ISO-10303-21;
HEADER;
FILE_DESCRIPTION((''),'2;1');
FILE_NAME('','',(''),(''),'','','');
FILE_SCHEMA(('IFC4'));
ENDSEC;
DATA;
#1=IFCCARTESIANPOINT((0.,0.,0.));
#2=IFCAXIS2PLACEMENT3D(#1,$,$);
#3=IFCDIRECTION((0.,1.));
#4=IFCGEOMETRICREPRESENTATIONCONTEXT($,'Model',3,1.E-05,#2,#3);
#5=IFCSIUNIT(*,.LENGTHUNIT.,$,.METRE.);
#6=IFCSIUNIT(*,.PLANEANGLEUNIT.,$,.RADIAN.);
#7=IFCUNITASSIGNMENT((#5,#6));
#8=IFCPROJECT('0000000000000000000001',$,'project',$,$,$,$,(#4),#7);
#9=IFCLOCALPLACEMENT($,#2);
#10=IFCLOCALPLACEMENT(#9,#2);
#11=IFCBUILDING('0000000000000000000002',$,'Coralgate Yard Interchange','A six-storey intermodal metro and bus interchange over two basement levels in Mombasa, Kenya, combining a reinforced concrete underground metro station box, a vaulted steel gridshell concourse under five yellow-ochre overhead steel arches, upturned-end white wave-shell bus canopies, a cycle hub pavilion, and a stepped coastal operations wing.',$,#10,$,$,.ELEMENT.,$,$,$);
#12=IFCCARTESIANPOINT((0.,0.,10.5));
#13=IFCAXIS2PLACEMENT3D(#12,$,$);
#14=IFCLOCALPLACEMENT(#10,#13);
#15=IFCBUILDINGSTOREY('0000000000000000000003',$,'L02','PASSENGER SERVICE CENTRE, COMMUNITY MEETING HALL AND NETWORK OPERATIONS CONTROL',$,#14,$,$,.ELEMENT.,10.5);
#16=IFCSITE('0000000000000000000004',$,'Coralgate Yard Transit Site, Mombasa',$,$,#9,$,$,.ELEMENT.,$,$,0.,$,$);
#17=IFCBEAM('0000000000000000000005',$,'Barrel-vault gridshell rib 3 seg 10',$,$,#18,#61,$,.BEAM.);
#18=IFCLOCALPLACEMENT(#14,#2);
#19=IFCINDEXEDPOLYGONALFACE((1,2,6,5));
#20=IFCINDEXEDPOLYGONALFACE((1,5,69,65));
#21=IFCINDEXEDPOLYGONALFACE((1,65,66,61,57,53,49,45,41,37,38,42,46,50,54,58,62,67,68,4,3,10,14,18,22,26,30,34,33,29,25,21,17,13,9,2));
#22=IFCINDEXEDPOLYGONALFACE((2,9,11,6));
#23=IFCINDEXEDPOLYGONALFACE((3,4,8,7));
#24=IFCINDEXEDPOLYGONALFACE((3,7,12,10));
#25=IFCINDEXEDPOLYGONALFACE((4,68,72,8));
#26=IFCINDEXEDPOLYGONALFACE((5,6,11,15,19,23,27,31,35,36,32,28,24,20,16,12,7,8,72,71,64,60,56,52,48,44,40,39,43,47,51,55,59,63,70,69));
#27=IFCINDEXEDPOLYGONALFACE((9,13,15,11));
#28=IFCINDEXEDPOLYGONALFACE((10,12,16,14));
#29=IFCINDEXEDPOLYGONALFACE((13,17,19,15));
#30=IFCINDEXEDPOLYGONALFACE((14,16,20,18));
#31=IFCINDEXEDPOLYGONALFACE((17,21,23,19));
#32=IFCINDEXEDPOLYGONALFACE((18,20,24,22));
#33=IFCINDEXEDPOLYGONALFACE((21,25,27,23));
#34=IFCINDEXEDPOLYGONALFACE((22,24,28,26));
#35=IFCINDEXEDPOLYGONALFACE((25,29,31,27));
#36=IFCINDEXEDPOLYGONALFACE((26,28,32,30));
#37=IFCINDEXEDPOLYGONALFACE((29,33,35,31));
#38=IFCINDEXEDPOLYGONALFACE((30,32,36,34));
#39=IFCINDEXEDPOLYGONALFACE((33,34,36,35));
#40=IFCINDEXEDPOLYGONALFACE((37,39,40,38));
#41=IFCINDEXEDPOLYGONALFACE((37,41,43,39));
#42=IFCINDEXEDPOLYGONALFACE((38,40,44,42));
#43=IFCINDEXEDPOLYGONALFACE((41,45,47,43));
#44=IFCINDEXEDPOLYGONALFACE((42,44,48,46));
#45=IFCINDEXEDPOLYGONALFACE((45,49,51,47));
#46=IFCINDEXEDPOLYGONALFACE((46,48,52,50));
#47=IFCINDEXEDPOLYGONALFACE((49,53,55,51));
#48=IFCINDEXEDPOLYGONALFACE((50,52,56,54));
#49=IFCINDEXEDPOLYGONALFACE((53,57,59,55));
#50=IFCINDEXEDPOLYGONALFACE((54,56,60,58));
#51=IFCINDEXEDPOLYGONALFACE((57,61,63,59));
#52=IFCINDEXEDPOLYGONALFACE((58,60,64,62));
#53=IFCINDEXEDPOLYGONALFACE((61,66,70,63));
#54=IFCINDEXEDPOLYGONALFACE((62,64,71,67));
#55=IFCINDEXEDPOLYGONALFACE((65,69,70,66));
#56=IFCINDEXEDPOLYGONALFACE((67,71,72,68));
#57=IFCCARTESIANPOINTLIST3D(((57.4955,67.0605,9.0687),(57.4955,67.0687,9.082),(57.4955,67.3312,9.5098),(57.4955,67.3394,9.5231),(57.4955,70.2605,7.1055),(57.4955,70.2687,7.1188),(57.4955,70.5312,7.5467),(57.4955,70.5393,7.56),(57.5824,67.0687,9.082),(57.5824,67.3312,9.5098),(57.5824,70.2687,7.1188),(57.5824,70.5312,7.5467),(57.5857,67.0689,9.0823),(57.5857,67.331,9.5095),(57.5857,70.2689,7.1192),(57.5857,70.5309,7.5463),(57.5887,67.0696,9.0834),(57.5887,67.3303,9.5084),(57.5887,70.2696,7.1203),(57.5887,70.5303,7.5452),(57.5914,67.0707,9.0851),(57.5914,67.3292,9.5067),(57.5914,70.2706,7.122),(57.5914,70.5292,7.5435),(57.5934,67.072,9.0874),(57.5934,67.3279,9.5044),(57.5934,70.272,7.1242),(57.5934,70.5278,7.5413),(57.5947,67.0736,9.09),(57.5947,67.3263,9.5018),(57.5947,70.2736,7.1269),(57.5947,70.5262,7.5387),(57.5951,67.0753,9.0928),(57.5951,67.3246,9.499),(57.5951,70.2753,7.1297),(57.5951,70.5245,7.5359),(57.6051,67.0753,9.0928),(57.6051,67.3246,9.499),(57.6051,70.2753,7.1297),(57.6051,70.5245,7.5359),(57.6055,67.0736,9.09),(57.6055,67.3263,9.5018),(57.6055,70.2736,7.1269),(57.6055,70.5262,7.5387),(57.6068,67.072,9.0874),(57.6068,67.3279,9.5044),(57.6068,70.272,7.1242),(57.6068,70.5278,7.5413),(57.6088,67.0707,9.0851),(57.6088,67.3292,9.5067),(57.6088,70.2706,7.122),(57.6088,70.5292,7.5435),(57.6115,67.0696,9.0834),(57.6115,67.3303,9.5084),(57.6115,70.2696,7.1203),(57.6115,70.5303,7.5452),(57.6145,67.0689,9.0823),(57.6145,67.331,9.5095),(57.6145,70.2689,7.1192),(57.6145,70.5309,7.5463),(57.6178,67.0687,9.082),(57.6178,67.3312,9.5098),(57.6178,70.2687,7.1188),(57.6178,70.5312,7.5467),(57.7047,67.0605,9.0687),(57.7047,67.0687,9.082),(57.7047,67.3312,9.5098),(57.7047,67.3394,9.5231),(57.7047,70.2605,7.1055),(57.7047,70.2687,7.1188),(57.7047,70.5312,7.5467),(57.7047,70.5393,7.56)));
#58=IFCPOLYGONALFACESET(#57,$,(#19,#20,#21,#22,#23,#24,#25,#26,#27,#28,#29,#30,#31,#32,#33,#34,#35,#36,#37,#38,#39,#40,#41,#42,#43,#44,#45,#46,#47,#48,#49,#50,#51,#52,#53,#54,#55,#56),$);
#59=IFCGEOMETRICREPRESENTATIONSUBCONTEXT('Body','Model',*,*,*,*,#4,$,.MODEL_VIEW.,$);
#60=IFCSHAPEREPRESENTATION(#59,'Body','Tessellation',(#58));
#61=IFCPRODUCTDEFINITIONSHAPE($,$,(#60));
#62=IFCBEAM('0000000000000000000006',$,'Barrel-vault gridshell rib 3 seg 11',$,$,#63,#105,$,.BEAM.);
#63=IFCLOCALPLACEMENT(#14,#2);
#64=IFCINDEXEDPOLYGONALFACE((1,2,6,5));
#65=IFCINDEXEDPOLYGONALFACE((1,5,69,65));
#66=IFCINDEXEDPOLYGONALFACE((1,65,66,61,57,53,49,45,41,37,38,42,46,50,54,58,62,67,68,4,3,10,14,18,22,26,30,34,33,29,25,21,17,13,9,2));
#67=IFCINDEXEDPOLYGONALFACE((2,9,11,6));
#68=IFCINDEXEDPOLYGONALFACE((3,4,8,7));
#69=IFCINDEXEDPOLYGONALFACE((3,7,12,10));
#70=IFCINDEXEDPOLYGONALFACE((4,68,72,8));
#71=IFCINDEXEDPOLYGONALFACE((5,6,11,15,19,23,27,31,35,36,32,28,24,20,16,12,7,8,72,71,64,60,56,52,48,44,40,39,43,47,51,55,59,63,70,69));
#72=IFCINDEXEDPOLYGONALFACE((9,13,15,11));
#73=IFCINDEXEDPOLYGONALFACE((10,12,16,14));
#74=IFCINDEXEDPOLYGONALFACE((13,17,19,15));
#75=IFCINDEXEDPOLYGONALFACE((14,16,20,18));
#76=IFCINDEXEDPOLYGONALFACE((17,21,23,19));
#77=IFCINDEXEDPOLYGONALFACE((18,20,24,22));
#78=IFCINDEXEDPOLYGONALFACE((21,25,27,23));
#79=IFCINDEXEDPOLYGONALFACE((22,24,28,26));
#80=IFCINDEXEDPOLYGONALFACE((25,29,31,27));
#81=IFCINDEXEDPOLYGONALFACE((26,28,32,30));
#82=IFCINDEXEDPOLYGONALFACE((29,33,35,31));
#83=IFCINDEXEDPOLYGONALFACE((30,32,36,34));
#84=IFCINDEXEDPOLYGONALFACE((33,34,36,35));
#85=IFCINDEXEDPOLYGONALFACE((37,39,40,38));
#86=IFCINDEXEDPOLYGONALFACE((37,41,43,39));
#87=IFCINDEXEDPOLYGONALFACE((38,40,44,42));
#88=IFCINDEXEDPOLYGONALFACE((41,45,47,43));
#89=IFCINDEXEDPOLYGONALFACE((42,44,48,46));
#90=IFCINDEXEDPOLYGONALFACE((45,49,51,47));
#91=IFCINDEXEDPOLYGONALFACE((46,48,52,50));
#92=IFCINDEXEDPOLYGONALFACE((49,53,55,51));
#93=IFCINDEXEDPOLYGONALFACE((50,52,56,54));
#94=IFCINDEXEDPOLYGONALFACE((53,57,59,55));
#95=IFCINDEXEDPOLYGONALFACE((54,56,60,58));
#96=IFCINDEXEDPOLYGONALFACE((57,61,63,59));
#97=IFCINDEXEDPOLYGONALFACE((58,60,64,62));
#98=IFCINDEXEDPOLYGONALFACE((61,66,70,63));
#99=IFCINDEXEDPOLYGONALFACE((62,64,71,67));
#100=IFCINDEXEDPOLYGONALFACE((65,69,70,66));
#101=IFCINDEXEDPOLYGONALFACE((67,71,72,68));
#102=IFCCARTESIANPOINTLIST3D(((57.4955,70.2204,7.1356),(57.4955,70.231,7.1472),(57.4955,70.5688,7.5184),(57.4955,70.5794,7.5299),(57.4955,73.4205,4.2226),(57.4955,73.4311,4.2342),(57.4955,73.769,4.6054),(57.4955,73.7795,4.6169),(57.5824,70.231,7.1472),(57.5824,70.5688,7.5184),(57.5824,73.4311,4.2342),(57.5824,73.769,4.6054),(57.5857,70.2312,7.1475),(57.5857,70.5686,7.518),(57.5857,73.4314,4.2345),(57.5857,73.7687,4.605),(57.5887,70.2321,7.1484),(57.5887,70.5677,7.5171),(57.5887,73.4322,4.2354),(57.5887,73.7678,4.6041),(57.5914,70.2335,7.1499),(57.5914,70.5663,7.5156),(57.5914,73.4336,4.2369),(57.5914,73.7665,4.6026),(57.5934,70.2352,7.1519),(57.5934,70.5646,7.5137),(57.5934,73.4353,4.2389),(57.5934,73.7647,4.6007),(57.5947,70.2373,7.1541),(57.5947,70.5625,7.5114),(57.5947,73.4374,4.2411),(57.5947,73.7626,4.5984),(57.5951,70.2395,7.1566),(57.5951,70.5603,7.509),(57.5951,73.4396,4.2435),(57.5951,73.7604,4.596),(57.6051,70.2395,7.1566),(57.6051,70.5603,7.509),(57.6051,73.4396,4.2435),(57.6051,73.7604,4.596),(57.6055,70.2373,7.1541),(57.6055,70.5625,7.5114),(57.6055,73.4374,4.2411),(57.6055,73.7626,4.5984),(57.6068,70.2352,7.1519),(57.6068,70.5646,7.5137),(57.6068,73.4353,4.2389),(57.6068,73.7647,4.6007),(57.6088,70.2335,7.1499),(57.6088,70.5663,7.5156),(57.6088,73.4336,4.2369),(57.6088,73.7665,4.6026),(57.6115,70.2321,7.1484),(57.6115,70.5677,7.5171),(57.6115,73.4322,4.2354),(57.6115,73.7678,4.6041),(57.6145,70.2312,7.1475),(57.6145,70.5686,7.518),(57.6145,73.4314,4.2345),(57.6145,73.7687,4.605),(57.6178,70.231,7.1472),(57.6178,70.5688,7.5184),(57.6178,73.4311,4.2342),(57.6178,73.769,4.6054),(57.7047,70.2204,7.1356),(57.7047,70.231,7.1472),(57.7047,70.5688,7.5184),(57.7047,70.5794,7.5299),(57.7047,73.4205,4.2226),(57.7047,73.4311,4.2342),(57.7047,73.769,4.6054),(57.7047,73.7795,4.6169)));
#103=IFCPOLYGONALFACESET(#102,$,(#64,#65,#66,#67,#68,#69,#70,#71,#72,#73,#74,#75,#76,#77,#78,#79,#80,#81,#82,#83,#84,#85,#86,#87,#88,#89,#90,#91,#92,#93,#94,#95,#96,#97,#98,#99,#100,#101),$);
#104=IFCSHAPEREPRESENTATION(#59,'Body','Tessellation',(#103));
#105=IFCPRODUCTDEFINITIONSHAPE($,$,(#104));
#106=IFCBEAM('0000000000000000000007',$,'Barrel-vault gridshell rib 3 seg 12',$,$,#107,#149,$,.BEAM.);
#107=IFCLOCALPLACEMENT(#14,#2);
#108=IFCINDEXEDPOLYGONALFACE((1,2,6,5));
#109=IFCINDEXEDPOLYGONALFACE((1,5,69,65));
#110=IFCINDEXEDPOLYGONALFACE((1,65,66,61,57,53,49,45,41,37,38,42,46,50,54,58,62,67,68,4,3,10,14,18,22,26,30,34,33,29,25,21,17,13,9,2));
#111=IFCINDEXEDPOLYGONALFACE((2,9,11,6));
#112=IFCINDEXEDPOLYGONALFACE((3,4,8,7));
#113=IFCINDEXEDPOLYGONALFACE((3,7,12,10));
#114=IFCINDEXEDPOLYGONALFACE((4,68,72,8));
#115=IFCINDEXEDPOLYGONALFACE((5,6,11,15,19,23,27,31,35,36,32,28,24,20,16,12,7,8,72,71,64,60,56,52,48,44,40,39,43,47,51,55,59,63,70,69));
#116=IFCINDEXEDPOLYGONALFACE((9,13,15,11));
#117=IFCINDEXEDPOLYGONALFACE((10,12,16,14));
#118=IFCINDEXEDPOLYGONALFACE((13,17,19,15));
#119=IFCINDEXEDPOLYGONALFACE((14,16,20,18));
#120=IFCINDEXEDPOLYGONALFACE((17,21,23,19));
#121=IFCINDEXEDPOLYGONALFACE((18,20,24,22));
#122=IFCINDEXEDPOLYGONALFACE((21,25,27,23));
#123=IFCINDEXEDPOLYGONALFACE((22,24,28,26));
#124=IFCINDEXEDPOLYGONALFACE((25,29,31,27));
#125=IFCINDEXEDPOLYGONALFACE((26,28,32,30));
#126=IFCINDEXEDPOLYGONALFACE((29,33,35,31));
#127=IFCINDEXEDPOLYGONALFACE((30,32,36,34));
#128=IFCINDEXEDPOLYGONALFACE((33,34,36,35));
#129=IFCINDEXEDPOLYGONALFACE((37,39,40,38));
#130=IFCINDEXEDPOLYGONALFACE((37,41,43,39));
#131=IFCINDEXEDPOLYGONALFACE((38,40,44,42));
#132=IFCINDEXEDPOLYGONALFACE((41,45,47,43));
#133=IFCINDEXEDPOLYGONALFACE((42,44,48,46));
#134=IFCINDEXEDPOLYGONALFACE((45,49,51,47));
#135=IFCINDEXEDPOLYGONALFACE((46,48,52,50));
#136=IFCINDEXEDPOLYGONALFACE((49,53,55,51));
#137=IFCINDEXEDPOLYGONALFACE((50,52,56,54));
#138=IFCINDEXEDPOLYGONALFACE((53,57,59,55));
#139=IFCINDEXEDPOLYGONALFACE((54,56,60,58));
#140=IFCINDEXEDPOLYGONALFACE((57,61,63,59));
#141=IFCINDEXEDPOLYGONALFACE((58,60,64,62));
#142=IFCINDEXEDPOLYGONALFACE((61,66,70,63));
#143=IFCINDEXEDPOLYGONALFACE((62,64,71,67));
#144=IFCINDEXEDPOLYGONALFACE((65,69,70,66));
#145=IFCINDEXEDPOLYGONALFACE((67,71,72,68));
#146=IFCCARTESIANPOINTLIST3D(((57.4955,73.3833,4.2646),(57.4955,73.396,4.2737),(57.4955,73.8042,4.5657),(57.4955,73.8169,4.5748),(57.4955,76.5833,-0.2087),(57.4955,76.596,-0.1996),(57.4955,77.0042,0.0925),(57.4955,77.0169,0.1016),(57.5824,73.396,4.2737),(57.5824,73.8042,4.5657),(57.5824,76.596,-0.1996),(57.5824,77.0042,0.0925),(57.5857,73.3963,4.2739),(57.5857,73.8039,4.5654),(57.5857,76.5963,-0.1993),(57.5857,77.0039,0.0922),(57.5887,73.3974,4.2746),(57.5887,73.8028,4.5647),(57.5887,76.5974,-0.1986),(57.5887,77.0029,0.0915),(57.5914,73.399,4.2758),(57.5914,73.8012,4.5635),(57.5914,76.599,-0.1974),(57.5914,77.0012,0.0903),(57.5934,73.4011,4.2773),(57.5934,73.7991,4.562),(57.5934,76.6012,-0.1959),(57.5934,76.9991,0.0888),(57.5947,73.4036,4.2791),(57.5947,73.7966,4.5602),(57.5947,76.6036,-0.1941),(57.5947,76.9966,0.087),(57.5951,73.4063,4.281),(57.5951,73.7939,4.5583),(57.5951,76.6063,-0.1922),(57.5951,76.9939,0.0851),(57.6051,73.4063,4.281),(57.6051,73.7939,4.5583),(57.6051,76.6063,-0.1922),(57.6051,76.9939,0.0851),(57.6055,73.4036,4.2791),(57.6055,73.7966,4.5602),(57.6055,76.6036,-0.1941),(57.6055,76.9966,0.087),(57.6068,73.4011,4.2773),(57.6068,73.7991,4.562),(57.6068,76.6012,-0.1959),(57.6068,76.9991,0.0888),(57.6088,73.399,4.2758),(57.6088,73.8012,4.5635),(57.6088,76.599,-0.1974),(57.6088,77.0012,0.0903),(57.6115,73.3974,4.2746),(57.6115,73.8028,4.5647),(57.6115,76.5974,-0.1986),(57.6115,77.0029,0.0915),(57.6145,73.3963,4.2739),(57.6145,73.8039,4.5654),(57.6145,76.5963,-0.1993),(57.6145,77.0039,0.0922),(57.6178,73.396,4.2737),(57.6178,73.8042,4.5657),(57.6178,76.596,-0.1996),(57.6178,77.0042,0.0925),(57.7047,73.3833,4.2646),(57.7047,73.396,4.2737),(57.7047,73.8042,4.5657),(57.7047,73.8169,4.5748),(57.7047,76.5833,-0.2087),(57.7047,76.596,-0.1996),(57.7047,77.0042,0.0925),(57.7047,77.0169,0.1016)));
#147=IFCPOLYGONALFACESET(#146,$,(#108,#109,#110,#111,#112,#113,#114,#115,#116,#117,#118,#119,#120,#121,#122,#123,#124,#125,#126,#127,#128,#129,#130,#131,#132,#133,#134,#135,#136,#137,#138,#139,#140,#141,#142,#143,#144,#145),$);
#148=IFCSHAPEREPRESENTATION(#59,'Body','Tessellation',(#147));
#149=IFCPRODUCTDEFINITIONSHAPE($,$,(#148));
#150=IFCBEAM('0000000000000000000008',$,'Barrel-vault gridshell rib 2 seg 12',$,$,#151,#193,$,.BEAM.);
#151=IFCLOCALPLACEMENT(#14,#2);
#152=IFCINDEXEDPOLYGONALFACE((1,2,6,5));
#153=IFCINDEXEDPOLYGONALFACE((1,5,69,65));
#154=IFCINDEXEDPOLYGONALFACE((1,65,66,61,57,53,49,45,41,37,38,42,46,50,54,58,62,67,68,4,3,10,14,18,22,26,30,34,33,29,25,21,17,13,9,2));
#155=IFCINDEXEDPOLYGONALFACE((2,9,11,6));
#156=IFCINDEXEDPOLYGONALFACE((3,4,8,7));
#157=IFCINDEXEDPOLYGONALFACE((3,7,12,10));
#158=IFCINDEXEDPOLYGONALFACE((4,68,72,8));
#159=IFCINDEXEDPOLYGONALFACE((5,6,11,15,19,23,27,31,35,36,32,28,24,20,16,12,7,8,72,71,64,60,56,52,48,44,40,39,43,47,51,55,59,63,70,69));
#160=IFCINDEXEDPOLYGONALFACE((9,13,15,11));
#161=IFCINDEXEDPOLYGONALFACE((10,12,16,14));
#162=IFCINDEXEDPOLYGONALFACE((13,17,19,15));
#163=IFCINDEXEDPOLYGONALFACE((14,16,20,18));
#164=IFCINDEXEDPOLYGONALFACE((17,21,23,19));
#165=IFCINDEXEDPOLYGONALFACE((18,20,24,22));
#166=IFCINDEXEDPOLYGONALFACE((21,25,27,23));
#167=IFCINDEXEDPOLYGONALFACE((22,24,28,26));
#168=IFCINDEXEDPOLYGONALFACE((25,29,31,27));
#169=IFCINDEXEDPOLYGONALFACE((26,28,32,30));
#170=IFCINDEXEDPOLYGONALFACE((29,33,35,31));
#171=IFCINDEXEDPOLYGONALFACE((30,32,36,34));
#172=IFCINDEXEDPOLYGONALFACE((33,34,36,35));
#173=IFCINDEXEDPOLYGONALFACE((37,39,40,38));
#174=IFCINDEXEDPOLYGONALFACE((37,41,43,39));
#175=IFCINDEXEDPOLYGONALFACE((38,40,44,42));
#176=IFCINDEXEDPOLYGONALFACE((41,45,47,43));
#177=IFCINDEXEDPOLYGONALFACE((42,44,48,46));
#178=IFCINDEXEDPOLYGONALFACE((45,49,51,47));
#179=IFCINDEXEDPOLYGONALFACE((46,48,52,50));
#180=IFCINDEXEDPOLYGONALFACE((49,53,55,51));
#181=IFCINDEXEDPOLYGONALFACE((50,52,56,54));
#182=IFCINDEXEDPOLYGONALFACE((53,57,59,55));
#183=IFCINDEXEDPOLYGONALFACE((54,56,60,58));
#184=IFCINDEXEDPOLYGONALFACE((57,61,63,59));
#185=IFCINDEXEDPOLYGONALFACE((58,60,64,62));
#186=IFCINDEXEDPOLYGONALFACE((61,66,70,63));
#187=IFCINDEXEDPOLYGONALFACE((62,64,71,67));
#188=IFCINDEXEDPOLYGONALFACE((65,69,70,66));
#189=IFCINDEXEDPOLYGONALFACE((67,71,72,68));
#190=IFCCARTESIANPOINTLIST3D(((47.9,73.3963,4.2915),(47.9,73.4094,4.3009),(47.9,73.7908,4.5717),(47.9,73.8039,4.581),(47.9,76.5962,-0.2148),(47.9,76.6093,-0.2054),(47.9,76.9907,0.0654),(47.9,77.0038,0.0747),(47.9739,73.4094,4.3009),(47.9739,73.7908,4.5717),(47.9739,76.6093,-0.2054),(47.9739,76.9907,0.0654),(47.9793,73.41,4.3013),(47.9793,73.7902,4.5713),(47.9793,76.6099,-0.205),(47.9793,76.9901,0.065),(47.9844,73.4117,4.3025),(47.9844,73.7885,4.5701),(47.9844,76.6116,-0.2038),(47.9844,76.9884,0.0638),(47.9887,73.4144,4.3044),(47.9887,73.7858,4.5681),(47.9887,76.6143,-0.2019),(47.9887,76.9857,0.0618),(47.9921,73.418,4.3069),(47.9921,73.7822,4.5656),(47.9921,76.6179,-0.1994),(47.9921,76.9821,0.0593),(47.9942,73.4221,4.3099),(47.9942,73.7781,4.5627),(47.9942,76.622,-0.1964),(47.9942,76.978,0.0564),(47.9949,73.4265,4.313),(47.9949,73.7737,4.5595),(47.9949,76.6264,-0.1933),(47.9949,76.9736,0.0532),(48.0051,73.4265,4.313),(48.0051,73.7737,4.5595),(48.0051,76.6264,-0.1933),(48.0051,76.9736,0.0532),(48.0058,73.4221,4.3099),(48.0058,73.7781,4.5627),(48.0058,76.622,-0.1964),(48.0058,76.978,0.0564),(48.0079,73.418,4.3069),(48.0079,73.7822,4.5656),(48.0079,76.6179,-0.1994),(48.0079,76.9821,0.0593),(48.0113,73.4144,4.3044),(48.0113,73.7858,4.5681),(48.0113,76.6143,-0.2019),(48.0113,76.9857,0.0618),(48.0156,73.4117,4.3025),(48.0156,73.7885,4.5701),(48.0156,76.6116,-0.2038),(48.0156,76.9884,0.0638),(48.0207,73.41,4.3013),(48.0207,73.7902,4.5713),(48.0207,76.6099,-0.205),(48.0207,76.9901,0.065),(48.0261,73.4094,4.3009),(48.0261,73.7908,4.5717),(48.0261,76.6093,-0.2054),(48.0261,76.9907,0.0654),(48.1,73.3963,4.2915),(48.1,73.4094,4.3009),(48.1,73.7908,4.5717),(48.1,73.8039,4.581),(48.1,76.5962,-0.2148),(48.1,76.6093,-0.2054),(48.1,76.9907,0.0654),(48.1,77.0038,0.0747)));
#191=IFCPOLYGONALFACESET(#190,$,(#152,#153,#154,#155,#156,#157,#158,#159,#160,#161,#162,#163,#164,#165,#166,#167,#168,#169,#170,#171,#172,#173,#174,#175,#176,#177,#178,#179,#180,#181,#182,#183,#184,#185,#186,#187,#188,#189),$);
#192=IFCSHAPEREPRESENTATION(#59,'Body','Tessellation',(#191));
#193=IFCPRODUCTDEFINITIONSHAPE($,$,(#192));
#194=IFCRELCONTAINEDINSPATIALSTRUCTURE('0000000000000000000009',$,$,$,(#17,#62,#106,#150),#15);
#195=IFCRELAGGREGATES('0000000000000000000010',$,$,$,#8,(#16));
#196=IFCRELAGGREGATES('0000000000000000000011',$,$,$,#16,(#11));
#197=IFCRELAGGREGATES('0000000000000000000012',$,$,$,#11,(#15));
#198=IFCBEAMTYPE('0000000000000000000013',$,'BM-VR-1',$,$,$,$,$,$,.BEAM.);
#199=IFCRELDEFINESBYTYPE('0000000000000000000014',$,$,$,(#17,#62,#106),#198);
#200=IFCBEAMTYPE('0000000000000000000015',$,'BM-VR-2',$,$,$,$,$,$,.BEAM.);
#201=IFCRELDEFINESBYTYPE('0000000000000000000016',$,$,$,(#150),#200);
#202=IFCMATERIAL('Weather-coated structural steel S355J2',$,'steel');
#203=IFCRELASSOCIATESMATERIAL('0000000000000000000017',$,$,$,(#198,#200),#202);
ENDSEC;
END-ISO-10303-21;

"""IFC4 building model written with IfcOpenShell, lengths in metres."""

from ifc_helpers import new_model, si_unit, direction, frame, origin, origin_2d, place, context, subcontext, project, spatial, i_section, extrude, material, material_profile, profile_set, type_object, element, save


model = new_model("IFC4")

# Units and contexts
model_context = context("Model", 3, precision=1e-05, world=origin(), true_north=direction((0.0, 1.0)))
body_context = subcontext(model_context, "Body", "Model", "MODEL_VIEW")
ifc_project = project(units=[si_unit("LENGTHUNIT", "METRE"), si_unit("PLANEANGLEUNIT", "RADIAN")], contexts=[model_context])

# Site, building, storey
site_placement = place(None, origin())
site = spatial("IfcSite", under=ifc_project, at=site_placement, Name="Coralgate Yard Transit Site, Mombasa", CompositionType="ELEMENT", RefElevation=0.0)
building_placement = place(site_placement, origin())
building = spatial("IfcBuilding", under=site, at=building_placement, Name="Coralgate Yard Interchange", Description="A six-storey intermodal metro and bus interchange over two basement levels in Mombasa, Kenya, combining a reinforced concrete underground metro station box, a vaulted steel gridshell concourse under five yellow-ochre overhead steel arches, upturned-end white wave-shell bus canopies, a cycle hub pavilion, and a stepped coastal operations wing.", CompositionType="ELEMENT")
storey_placement = place(building_placement, frame((0.0, 0.0, 10.5)))
storey = spatial("IfcBuildingStorey", under=building, at=storey_placement, Name="L02", Description="PASSENGER SERVICE CENTRE, COMMUNITY MEETING HALL AND NETWORK OPERATIONS CONTROL", CompositionType="ELEMENT", Elevation=10.5)

# Beams
ifc_material_1 = material(Name="Weather-coated structural steel S355J2", Category="steel")
ifc_material_profile_1 = material_profile(ifc_material_1, i_section(OverallWidth=0.2092, OverallDepth=0.5332, WebThickness=0.01, FlangeThickness=0.0156, FilletRadius=0.0127, at=origin_2d()), Name="UB 533x210x92")
ifc_profile_set_1 = profile_set([ifc_material_profile_1], Name="Weather-coated structural steel S355J2")
beam_type_1 = type_object("IfcBeamType", Name="BM-VR-1", PredefinedType="BEAM", material=ifc_profile_set_1)
beam_1_placement = place(storey_placement, frame((57.6001, 67.2, 9.2959), z_axis=(0.0, 0.852379, -0.522925), x_axis=(-1.0, 0.0, 0.0)))
element("IfcBeam", 1, at=beam_1_placement, inside=storey, type_object=beam_type_1, Name="Barrel-vault gridshell rib 3 seg 10", PredefinedType="BEAM", context=body_context, shape_type="SweptSolid", body=[
    extrude(i_section(OverallWidth=0.2092, OverallDepth=0.5332, WebThickness=0.01, FlangeThickness=0.0156, FilletRadius=0.0127, at=origin_2d()), origin(), (0.0, 0.0, 1.0), 3.7542),
])
beam_2_placement = place(storey_placement, frame((57.6001, 70.3999, 7.3328), z_axis=(0.0, 0.739501, -0.673156), x_axis=(-1.0, 0.0, 0.0)))
element("IfcBeam", 2, at=beam_2_placement, inside=storey, type_object=beam_type_1, Name="Barrel-vault gridshell rib 3 seg 11", PredefinedType="BEAM", context=body_context, shape_type="SweptSolid", body=[
    extrude(i_section(OverallWidth=0.2092, OverallDepth=0.5332, WebThickness=0.01, FlangeThickness=0.0156, FilletRadius=0.0127, at=origin_2d()), origin(), (0.0, 0.0, 1.0), 4.3274),
])
beam_3_placement = place(storey_placement, frame((57.6001, 73.6001, 4.4197), z_axis=(0.0, 0.581822, -0.813316), x_axis=(-1.0, 0.0, 0.0)))
element("IfcBeam", 3, at=beam_3_placement, inside=storey, type_object=beam_type_1, Name="Barrel-vault gridshell rib 3 seg 12", PredefinedType="BEAM", context=body_context, shape_type="SweptSolid", body=[
    extrude(i_section(OverallWidth=0.2092, OverallDepth=0.5332, WebThickness=0.01, FlangeThickness=0.0156, FilletRadius=0.0127, at=origin_2d()), origin(), (0.0, 0.0, 1.0), 5.5),
])
ifc_material_profile_2 = material_profile(ifc_material_1, i_section(OverallWidth=0.2, OverallDepth=0.5, WebThickness=0.0103, FlangeThickness=0.0161, FilletRadius=0.021, at=origin_2d()), Name="IPE 500")
ifc_profile_set_2 = profile_set([ifc_material_profile_2], Name="Weather-coated structural steel S355J2")
beam_type_2 = type_object("IfcBeamType", Name="BM-VR-2", PredefinedType="BEAM", material=ifc_profile_set_2)
beam_4_placement = place(storey_placement, frame((48.0, 73.6001, 4.4363), z_axis=(0.0, 0.578975, -0.815345), x_axis=(-1.0, 0.0, 0.0)))
element("IfcBeam", 4, at=beam_4_placement, inside=storey, type_object=beam_type_2, Name="Barrel-vault gridshell rib 2 seg 12", PredefinedType="BEAM", context=body_context, shape_type="SweptSolid", body=[
    extrude(i_section(OverallWidth=0.2, OverallDepth=0.5, WebThickness=0.0103, FlangeThickness=0.0161, FilletRadius=0.021, at=origin_2d()), origin(), (0.0, 0.0, 1.0), 5.5269),
])

save(model, "model.ifc")
